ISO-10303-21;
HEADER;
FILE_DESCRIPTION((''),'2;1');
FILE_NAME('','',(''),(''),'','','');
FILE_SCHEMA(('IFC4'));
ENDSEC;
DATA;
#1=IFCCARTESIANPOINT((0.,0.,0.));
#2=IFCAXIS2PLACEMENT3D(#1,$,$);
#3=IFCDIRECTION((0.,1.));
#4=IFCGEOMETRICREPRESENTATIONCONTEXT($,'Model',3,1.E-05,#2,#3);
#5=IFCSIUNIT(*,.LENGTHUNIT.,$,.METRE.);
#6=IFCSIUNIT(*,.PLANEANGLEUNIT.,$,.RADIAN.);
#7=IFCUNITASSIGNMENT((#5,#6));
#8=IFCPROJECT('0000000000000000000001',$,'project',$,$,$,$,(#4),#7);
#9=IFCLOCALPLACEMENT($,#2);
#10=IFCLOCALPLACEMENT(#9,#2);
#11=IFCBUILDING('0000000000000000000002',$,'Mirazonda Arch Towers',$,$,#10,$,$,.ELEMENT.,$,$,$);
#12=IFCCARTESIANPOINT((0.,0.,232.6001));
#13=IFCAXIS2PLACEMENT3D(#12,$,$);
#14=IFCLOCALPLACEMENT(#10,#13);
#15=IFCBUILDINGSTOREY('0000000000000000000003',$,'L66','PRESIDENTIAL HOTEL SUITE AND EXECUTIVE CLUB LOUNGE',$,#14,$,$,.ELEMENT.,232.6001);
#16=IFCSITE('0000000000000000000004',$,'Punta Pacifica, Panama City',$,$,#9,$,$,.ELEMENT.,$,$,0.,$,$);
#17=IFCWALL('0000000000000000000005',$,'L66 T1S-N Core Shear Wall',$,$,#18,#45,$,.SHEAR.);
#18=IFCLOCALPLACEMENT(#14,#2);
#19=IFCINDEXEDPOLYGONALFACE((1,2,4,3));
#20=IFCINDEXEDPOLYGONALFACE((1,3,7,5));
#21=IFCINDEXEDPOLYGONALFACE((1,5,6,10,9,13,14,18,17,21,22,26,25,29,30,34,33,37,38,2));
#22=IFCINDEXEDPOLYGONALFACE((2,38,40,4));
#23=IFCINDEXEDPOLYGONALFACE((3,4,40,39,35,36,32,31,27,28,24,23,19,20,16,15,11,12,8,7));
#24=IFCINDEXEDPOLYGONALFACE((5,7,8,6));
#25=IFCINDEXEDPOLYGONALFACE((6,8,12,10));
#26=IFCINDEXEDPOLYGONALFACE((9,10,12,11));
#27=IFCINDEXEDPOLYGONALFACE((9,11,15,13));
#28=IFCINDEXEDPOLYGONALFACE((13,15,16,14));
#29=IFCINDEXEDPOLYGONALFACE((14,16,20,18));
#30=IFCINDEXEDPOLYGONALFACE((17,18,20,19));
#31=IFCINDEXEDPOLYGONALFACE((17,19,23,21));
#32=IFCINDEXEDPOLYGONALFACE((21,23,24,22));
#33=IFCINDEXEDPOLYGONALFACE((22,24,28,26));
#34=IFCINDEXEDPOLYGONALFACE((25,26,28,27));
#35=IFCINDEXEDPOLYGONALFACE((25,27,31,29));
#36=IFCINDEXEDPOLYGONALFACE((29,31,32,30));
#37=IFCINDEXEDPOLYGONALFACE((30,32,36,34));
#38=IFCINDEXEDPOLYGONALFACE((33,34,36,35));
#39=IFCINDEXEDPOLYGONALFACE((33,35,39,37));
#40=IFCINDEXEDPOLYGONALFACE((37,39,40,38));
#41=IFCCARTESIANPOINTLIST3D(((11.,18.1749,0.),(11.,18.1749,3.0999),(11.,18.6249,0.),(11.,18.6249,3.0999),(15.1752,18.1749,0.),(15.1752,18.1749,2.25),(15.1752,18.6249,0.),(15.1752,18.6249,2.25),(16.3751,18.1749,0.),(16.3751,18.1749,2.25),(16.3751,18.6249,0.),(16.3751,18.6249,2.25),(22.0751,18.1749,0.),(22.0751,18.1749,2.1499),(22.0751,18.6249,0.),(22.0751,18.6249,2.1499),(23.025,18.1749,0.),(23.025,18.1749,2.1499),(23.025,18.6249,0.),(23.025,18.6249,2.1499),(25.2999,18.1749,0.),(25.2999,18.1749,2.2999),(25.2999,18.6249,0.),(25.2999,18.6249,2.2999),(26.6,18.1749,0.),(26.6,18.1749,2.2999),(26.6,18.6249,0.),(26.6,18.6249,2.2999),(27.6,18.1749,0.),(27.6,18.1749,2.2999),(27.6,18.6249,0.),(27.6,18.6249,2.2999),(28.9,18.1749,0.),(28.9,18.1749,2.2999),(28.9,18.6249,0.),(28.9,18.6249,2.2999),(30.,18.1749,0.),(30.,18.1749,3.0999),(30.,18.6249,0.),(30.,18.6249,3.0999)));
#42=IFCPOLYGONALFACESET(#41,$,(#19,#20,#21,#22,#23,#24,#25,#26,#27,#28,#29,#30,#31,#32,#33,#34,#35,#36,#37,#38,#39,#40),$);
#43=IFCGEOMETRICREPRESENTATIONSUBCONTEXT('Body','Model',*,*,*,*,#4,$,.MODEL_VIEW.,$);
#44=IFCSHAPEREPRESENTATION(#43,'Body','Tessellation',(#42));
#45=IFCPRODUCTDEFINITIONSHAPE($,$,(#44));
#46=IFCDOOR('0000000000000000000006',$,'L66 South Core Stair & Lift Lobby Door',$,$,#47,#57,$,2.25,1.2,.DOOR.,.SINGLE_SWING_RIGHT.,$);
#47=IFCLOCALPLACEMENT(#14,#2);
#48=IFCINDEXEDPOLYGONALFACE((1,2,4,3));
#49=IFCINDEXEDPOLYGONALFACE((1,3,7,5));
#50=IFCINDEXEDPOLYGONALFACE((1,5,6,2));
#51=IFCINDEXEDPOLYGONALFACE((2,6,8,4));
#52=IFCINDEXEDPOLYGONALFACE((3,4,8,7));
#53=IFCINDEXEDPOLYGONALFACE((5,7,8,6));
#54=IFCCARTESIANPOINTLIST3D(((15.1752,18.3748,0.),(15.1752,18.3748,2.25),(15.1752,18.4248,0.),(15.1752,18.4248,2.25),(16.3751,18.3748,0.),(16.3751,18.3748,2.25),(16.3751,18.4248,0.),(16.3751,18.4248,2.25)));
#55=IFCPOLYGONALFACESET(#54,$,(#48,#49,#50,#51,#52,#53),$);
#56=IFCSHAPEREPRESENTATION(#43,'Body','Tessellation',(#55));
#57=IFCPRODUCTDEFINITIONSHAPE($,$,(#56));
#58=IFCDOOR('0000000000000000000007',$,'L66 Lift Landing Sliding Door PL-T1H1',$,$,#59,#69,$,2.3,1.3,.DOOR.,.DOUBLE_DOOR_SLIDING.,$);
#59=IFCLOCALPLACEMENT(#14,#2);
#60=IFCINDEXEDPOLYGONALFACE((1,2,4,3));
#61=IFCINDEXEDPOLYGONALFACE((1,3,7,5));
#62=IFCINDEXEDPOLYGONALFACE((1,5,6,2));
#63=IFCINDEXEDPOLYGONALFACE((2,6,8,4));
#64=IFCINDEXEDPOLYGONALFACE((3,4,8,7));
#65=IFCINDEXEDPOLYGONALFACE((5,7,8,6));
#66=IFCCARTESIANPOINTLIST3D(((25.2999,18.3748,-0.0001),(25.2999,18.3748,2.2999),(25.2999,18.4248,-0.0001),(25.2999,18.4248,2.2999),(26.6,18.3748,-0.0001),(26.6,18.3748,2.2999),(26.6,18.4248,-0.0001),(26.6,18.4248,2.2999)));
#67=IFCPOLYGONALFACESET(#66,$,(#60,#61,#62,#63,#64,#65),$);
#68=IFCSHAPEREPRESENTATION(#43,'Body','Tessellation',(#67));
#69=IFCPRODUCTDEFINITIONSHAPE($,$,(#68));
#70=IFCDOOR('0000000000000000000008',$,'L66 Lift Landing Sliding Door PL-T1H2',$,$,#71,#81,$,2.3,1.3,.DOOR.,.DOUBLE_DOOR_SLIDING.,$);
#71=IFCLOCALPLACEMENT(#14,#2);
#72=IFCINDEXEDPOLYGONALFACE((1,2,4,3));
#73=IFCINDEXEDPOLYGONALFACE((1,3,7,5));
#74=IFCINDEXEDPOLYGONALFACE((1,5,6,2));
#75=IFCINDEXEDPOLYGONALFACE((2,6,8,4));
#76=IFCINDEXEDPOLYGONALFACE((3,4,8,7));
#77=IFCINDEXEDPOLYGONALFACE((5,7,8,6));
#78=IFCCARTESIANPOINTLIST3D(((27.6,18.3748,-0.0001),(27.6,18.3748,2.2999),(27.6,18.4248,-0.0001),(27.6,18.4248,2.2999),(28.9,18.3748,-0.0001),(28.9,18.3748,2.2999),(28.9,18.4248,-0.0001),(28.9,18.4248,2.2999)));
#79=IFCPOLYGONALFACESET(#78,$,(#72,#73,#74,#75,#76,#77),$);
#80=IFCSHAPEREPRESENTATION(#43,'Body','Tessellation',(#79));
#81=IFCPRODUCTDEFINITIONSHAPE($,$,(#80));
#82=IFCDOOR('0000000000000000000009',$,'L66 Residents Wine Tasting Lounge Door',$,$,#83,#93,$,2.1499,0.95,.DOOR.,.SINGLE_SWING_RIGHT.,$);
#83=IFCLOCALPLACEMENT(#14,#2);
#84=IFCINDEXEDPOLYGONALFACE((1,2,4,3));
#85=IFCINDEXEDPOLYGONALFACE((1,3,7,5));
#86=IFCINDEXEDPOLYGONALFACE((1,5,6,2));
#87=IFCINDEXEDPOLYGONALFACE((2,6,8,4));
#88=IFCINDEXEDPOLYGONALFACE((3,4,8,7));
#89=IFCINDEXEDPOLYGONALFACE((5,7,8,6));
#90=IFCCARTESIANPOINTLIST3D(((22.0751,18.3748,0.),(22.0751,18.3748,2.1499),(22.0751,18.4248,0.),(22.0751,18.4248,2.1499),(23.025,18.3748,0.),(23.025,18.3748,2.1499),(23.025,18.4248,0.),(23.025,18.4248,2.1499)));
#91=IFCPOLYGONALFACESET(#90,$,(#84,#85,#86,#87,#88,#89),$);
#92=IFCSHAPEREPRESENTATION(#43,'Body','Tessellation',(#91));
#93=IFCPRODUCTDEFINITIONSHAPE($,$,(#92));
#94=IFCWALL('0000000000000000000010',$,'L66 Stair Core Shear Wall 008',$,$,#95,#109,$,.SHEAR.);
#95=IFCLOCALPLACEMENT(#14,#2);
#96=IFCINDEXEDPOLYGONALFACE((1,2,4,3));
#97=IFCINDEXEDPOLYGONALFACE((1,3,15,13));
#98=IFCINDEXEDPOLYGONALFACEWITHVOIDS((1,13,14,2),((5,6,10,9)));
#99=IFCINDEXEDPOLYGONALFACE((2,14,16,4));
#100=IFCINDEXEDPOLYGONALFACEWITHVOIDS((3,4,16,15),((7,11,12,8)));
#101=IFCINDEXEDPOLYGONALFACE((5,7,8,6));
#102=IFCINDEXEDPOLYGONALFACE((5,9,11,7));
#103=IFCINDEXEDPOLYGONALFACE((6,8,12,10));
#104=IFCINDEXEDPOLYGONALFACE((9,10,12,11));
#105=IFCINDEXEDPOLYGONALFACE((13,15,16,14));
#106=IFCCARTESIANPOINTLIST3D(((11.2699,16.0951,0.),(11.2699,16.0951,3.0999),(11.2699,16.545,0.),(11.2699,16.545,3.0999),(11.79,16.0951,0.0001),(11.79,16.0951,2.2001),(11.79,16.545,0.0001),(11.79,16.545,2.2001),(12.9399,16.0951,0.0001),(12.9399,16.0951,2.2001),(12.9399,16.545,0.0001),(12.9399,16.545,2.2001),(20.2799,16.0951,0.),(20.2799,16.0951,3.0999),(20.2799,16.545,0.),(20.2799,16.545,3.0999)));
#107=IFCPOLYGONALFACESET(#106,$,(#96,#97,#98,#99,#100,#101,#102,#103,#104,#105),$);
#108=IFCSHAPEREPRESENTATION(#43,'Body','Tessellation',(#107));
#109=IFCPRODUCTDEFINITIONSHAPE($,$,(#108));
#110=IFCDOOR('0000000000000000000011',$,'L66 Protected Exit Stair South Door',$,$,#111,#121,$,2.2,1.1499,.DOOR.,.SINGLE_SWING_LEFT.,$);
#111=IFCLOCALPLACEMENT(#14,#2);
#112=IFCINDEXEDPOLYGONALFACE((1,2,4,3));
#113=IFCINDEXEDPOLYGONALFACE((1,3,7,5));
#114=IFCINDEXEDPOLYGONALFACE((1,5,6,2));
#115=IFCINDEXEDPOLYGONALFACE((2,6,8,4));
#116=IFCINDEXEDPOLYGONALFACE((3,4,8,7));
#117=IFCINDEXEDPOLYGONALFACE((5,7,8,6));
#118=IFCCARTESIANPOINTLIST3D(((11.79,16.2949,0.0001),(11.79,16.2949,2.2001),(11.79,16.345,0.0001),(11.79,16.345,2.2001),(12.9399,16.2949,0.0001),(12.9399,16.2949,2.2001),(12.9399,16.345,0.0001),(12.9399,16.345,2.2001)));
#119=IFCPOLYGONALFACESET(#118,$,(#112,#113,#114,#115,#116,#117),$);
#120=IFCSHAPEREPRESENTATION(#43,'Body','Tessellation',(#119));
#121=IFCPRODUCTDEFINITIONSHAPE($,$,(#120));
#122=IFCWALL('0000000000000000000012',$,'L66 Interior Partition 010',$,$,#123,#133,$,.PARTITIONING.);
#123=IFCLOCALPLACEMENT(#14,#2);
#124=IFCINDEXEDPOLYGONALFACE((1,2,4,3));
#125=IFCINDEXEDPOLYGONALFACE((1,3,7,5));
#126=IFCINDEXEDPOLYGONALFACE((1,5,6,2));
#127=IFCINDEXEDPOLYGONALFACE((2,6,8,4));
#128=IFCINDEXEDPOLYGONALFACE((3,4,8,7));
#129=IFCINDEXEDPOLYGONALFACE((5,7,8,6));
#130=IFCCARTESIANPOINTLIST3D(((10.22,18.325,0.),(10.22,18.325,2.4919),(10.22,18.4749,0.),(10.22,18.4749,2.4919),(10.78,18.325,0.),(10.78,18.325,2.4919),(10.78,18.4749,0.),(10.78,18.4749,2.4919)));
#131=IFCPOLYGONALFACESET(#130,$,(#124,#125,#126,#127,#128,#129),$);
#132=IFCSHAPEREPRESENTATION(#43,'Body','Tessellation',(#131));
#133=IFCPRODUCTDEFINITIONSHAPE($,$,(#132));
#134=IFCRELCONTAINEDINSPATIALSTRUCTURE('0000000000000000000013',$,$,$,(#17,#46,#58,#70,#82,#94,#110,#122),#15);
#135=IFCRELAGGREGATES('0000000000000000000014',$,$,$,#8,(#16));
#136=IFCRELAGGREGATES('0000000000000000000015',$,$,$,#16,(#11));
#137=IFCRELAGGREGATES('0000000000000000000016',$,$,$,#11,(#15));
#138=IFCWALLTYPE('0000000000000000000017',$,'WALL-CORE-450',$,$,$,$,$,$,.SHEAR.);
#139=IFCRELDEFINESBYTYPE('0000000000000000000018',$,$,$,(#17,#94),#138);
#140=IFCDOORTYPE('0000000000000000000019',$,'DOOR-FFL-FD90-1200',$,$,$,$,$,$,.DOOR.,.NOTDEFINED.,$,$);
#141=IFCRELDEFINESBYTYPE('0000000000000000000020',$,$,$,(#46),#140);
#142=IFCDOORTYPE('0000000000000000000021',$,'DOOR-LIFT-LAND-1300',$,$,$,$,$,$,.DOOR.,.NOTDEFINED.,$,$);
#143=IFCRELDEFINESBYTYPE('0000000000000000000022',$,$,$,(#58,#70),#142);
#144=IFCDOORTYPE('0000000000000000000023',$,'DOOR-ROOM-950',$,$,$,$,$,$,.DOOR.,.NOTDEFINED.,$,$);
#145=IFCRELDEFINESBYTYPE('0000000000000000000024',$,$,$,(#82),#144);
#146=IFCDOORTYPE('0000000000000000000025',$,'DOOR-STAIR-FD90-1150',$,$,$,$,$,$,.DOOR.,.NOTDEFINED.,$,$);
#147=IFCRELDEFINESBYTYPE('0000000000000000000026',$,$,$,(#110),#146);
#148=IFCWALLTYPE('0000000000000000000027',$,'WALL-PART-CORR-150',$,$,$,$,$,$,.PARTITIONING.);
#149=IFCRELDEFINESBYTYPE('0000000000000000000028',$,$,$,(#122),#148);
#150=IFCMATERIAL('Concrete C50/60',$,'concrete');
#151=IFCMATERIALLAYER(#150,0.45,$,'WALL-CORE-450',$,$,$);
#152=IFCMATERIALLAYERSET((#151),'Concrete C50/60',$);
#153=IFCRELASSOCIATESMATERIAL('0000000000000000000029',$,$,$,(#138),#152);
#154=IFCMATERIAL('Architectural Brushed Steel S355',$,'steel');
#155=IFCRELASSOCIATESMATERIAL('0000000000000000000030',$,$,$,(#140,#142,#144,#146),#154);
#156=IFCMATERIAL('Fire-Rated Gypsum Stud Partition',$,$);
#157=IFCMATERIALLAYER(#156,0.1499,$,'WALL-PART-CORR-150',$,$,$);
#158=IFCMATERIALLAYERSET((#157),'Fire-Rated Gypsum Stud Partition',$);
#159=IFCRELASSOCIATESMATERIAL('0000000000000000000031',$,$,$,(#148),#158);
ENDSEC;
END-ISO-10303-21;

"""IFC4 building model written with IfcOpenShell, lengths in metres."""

from ifc_helpers import new_model, si_unit, direction, frame, frame_2d, origin, place, context, subcontext, project, spatial, rectangle, extrude, material, layer, layer_set, type_object, element, fill, save


model = new_model("IFC4")

# Units and contexts
model_context = context("Model", 3, precision=1e-05, world=origin(), true_north=direction((0.0, 1.0)))
body_context = subcontext(model_context, "Body", "Model", "MODEL_VIEW")
ifc_project = project(units=[si_unit("LENGTHUNIT", "METRE"), si_unit("PLANEANGLEUNIT", "RADIAN")], contexts=[model_context])

# Site, building, storey
site_placement = place(None, origin())
site = spatial("IfcSite", under=ifc_project, at=site_placement, Name="Punta Pacifica, Panama City", CompositionType="ELEMENT", RefElevation=0.0)
building_placement = place(site_placement, origin())
building = spatial("IfcBuilding", under=site, at=building_placement, Name="Mirazonda Arch Towers", CompositionType="ELEMENT")
storey_placement = place(building_placement, frame((0.0, 0.0, 232.6001)))
storey = spatial("IfcBuildingStorey", under=building, at=storey_placement, Name="L66", Description="PRESIDENTIAL HOTEL SUITE AND EXECUTIVE CLUB LOUNGE", CompositionType="ELEMENT", Elevation=232.6001)

# Shared definitions
ifc_material_1 = material(Name="Concrete C50/60", Category="concrete")

# Wall, openings, doors
ifc_layer_1 = layer(ifc_material_1, 0.45, Name="WALL-CORE-450")
ifc_layer_set_1 = layer_set([ifc_layer_1], Name="Concrete C50/60")
wall_type_1 = type_object("IfcWallType", Name="WALL-CORE-450", PredefinedType="SHEAR", material=ifc_layer_set_1)
wall_1_placement = place(storey_placement, frame((11.0, 18.3999, 0.0), z_axis=(0.0, 0.0, 1.0), x_axis=(1.0, 0.0, 0.0)))
wall_1 = element("IfcWall", 1, at=wall_1_placement, inside=storey, type_object=wall_type_1, Name="L66 T1S-N Core Shear Wall", PredefinedType="SHEAR", context=body_context, shape_type="SweptSolid", body=[
    extrude(rectangle(XDim=19.0, YDim=0.45, at=frame_2d((9.5, 0.0))), origin(), (0.0, 0.0, 1.0), 3.0999),
])
opening_1_placement = place(wall_1_placement, frame((4.175, 0.0, 0.0)))
opening_1 = element("IfcOpeningElement", 2, at=opening_1_placement, cuts=wall_1, PredefinedType="OPENING", context=body_context, shape_type="SweptSolid", body=[
    extrude(rectangle(XDim=1.2, YDim=2.25, at=frame_2d((0.6001, 1.125))), frame((0.0, 0.2349, 0.0), z_axis=(0.0, -1.0, 0.0), x_axis=(1.0, 0.0, 0.0)), (0.0, 0.0, 1.0), 0.47),
])
opening_2_placement = place(wall_1_placement, frame((11.075, 0.0, 0.0)))
opening_2 = element("IfcOpeningElement", 3, at=opening_2_placement, cuts=wall_1, PredefinedType="OPENING", context=body_context, shape_type="SweptSolid", body=[
    extrude(rectangle(XDim=0.95, YDim=2.1499, at=frame_2d((0.4751, 1.075))), frame((0.0, 0.2349, 0.0), z_axis=(0.0, -1.0, 0.0), x_axis=(1.0, 0.0, 0.0)), (0.0, 0.0, 1.0), 0.47),
])
opening_3_placement = place(wall_1_placement, frame((14.3, 0.0, 0.0)))
opening_3 = element("IfcOpeningElement", 4, at=opening_3_placement, cuts=wall_1, PredefinedType="OPENING", context=body_context, shape_type="SweptSolid", body=[
    extrude(rectangle(XDim=1.3, YDim=2.3, at=frame_2d((0.6499, 1.1499))), frame((0.0, 0.2349, 0.0), z_axis=(0.0, -1.0, 0.0), x_axis=(1.0, 0.0, 0.0)), (0.0, 0.0, 1.0), 0.47),
])
opening_4_placement = place(wall_1_placement, frame((16.6001, 0.0, 0.0)))
opening_4 = element("IfcOpeningElement", 5, at=opening_4_placement, cuts=wall_1, PredefinedType="OPENING", context=body_context, shape_type="SweptSolid", body=[
    extrude(rectangle(XDim=1.3, YDim=2.3, at=frame_2d((0.6499, 1.1499))), frame((0.0, 0.2349, 0.0), z_axis=(0.0, -1.0, 0.0), x_axis=(1.0, 0.0, 0.0)), (0.0, 0.0, 1.0), 0.47),
])
ifc_material_2 = material(Name="Architectural Brushed Steel S355", Category="steel")
door_type_1 = type_object("IfcDoorType", Name="DOOR-FFL-FD90-1200", OperationType="NOTDEFINED", PredefinedType="DOOR", material=ifc_material_2)
door_1_placement = place(opening_1_placement, origin())
door_1 = element("IfcDoor", 6, at=door_1_placement, inside=storey, type_object=door_type_1, Name="L66 South Core Stair & Lift Lobby Door", OperationType="SINGLE_SWING_RIGHT", OverallHeight=2.25, OverallWidth=1.2, PredefinedType="DOOR", context=body_context, shape_type="SweptSolid", body=[
    extrude(rectangle(XDim=1.2, YDim=2.25, at=frame_2d((0.6001, 1.125))), frame((0.0, 0.0249, 0.0), z_axis=(0.0, -1.0, 0.0), x_axis=(1.0, 0.0, 0.0)), (0.0, 0.0, 1.0), 0.05),
])
fill(opening_1, door_1)
door_type_2 = type_object("IfcDoorType", Name="DOOR-LIFT-LAND-1300", OperationType="NOTDEFINED", PredefinedType="DOOR", material=ifc_material_2)
door_2_placement = place(opening_3_placement, origin())
door_2 = element("IfcDoor", 7, at=door_2_placement, inside=storey, type_object=door_type_2, Name="L66 Lift Landing Sliding Door PL-T1H1", OperationType="DOUBLE_DOOR_SLIDING", OverallHeight=2.3, OverallWidth=1.3, PredefinedType="DOOR", context=body_context, shape_type="SweptSolid", body=[
    extrude(rectangle(XDim=1.3, YDim=2.3, at=frame_2d((0.6499, 1.1499))), frame((0.0, 0.0249, 0.0), z_axis=(0.0, -1.0, 0.0), x_axis=(1.0, 0.0, 0.0)), (0.0, 0.0, 1.0), 0.05),
])
fill(opening_3, door_2)
door_3_placement = place(opening_4_placement, origin())
door_3 = element("IfcDoor", 8, at=door_3_placement, inside=storey, type_object=door_type_2, Name="L66 Lift Landing Sliding Door PL-T1H2", OperationType="DOUBLE_DOOR_SLIDING", OverallHeight=2.3, OverallWidth=1.3, PredefinedType="DOOR", context=body_context, shape_type="SweptSolid", body=[
    extrude(rectangle(XDim=1.3, YDim=2.3, at=frame_2d((0.6499, 1.1499))), frame((0.0, 0.0249, 0.0), z_axis=(0.0, -1.0, 0.0), x_axis=(1.0, 0.0, 0.0)), (0.0, 0.0, 1.0), 0.05),
])
fill(opening_4, door_3)
door_type_3 = type_object("IfcDoorType", Name="DOOR-ROOM-950", OperationType="NOTDEFINED", PredefinedType="DOOR", material=ifc_material_2)
door_4_placement = place(opening_2_placement, origin())
door_4 = element("IfcDoor", 9, at=door_4_placement, inside=storey, type_object=door_type_3, Name="L66 Residents Wine Tasting Lounge Door", OperationType="SINGLE_SWING_RIGHT", OverallHeight=2.1499, OverallWidth=0.95, PredefinedType="DOOR", context=body_context, shape_type="SweptSolid", body=[
    extrude(rectangle(XDim=0.95, YDim=2.1499, at=frame_2d((0.4751, 1.075))), frame((0.0, 0.0249, 0.0), z_axis=(0.0, -1.0, 0.0), x_axis=(1.0, 0.0, 0.0)), (0.0, 0.0, 1.0), 0.05),
])
fill(opening_2, door_4)

# Wall, opening, door
wall_2_placement = place(storey_placement, frame((11.27, 16.3201, 0.0), z_axis=(0.0, 0.0, 1.0), x_axis=(1.0, 0.0, 0.0)))
wall_2 = element("IfcWall", 10, at=wall_2_placement, inside=storey, type_object=wall_type_1, Name="L66 Stair Core Shear Wall 008", PredefinedType="SHEAR", context=body_context, shape_type="SweptSolid", body=[
    extrude(rectangle(XDim=9.01, YDim=0.45, at=frame_2d((4.5049, 0.0))), origin(), (0.0, 0.0, 1.0), 3.0999),
])
opening_5_placement = place(wall_2_placement, frame((0.52, 0.0, 0.0)))
opening_5 = element("IfcOpeningElement", 11, at=opening_5_placement, cuts=wall_2, PredefinedType="OPENING", context=body_context, shape_type="SweptSolid", body=[
    extrude(rectangle(XDim=1.1499, YDim=2.2, at=frame_2d((0.575, 1.1001))), frame((0.0, 0.2349, 0.0), z_axis=(0.0, -1.0, 0.0), x_axis=(1.0, 0.0, 0.0)), (0.0, 0.0, 1.0), 0.47),
])
door_type_4 = type_object("IfcDoorType", Name="DOOR-STAIR-FD90-1150", OperationType="NOTDEFINED", PredefinedType="DOOR", material=ifc_material_2)
door_5_placement = place(opening_5_placement, origin())
door_5 = element("IfcDoor", 12, at=door_5_placement, inside=storey, type_object=door_type_4, Name="L66 Protected Exit Stair South Door", OperationType="SINGLE_SWING_LEFT", OverallHeight=2.2, OverallWidth=1.1499, PredefinedType="DOOR", context=body_context, shape_type="SweptSolid", body=[
    extrude(rectangle(XDim=1.1499, YDim=2.2, at=frame_2d((0.575, 1.1001))), frame((0.0, 0.0249, 0.0), z_axis=(0.0, -1.0, 0.0), x_axis=(1.0, 0.0, 0.0)), (0.0, 0.0, 1.0), 0.05),
])
fill(opening_5, door_5)

# Wall
ifc_material_3 = material(Name="Fire-Rated Gypsum Stud Partition")
ifc_layer_2 = layer(ifc_material_3, 0.1499, Name="WALL-PART-CORR-150")
ifc_layer_set_2 = layer_set([ifc_layer_2], Name="Fire-Rated Gypsum Stud Partition")
wall_type_2 = type_object("IfcWallType", Name="WALL-PART-CORR-150", PredefinedType="PARTITIONING", material=ifc_layer_set_2)
wall_3_placement = place(storey_placement, frame((10.22, 18.3999, 0.0), z_axis=(0.0, 0.0, 1.0), x_axis=(1.0, 0.0, 0.0)))
element("IfcWall", 13, at=wall_3_placement, inside=storey, type_object=wall_type_2, Name="L66 Interior Partition 010", PredefinedType="PARTITIONING", context=body_context, shape_type="SweptSolid", body=[
    extrude(rectangle(XDim=0.5601, YDim=0.1499, at=frame_2d((0.28, 0.0))), origin(), (0.0, 0.0, 1.0), 2.4919),
])

save(model, "model.ifc")
